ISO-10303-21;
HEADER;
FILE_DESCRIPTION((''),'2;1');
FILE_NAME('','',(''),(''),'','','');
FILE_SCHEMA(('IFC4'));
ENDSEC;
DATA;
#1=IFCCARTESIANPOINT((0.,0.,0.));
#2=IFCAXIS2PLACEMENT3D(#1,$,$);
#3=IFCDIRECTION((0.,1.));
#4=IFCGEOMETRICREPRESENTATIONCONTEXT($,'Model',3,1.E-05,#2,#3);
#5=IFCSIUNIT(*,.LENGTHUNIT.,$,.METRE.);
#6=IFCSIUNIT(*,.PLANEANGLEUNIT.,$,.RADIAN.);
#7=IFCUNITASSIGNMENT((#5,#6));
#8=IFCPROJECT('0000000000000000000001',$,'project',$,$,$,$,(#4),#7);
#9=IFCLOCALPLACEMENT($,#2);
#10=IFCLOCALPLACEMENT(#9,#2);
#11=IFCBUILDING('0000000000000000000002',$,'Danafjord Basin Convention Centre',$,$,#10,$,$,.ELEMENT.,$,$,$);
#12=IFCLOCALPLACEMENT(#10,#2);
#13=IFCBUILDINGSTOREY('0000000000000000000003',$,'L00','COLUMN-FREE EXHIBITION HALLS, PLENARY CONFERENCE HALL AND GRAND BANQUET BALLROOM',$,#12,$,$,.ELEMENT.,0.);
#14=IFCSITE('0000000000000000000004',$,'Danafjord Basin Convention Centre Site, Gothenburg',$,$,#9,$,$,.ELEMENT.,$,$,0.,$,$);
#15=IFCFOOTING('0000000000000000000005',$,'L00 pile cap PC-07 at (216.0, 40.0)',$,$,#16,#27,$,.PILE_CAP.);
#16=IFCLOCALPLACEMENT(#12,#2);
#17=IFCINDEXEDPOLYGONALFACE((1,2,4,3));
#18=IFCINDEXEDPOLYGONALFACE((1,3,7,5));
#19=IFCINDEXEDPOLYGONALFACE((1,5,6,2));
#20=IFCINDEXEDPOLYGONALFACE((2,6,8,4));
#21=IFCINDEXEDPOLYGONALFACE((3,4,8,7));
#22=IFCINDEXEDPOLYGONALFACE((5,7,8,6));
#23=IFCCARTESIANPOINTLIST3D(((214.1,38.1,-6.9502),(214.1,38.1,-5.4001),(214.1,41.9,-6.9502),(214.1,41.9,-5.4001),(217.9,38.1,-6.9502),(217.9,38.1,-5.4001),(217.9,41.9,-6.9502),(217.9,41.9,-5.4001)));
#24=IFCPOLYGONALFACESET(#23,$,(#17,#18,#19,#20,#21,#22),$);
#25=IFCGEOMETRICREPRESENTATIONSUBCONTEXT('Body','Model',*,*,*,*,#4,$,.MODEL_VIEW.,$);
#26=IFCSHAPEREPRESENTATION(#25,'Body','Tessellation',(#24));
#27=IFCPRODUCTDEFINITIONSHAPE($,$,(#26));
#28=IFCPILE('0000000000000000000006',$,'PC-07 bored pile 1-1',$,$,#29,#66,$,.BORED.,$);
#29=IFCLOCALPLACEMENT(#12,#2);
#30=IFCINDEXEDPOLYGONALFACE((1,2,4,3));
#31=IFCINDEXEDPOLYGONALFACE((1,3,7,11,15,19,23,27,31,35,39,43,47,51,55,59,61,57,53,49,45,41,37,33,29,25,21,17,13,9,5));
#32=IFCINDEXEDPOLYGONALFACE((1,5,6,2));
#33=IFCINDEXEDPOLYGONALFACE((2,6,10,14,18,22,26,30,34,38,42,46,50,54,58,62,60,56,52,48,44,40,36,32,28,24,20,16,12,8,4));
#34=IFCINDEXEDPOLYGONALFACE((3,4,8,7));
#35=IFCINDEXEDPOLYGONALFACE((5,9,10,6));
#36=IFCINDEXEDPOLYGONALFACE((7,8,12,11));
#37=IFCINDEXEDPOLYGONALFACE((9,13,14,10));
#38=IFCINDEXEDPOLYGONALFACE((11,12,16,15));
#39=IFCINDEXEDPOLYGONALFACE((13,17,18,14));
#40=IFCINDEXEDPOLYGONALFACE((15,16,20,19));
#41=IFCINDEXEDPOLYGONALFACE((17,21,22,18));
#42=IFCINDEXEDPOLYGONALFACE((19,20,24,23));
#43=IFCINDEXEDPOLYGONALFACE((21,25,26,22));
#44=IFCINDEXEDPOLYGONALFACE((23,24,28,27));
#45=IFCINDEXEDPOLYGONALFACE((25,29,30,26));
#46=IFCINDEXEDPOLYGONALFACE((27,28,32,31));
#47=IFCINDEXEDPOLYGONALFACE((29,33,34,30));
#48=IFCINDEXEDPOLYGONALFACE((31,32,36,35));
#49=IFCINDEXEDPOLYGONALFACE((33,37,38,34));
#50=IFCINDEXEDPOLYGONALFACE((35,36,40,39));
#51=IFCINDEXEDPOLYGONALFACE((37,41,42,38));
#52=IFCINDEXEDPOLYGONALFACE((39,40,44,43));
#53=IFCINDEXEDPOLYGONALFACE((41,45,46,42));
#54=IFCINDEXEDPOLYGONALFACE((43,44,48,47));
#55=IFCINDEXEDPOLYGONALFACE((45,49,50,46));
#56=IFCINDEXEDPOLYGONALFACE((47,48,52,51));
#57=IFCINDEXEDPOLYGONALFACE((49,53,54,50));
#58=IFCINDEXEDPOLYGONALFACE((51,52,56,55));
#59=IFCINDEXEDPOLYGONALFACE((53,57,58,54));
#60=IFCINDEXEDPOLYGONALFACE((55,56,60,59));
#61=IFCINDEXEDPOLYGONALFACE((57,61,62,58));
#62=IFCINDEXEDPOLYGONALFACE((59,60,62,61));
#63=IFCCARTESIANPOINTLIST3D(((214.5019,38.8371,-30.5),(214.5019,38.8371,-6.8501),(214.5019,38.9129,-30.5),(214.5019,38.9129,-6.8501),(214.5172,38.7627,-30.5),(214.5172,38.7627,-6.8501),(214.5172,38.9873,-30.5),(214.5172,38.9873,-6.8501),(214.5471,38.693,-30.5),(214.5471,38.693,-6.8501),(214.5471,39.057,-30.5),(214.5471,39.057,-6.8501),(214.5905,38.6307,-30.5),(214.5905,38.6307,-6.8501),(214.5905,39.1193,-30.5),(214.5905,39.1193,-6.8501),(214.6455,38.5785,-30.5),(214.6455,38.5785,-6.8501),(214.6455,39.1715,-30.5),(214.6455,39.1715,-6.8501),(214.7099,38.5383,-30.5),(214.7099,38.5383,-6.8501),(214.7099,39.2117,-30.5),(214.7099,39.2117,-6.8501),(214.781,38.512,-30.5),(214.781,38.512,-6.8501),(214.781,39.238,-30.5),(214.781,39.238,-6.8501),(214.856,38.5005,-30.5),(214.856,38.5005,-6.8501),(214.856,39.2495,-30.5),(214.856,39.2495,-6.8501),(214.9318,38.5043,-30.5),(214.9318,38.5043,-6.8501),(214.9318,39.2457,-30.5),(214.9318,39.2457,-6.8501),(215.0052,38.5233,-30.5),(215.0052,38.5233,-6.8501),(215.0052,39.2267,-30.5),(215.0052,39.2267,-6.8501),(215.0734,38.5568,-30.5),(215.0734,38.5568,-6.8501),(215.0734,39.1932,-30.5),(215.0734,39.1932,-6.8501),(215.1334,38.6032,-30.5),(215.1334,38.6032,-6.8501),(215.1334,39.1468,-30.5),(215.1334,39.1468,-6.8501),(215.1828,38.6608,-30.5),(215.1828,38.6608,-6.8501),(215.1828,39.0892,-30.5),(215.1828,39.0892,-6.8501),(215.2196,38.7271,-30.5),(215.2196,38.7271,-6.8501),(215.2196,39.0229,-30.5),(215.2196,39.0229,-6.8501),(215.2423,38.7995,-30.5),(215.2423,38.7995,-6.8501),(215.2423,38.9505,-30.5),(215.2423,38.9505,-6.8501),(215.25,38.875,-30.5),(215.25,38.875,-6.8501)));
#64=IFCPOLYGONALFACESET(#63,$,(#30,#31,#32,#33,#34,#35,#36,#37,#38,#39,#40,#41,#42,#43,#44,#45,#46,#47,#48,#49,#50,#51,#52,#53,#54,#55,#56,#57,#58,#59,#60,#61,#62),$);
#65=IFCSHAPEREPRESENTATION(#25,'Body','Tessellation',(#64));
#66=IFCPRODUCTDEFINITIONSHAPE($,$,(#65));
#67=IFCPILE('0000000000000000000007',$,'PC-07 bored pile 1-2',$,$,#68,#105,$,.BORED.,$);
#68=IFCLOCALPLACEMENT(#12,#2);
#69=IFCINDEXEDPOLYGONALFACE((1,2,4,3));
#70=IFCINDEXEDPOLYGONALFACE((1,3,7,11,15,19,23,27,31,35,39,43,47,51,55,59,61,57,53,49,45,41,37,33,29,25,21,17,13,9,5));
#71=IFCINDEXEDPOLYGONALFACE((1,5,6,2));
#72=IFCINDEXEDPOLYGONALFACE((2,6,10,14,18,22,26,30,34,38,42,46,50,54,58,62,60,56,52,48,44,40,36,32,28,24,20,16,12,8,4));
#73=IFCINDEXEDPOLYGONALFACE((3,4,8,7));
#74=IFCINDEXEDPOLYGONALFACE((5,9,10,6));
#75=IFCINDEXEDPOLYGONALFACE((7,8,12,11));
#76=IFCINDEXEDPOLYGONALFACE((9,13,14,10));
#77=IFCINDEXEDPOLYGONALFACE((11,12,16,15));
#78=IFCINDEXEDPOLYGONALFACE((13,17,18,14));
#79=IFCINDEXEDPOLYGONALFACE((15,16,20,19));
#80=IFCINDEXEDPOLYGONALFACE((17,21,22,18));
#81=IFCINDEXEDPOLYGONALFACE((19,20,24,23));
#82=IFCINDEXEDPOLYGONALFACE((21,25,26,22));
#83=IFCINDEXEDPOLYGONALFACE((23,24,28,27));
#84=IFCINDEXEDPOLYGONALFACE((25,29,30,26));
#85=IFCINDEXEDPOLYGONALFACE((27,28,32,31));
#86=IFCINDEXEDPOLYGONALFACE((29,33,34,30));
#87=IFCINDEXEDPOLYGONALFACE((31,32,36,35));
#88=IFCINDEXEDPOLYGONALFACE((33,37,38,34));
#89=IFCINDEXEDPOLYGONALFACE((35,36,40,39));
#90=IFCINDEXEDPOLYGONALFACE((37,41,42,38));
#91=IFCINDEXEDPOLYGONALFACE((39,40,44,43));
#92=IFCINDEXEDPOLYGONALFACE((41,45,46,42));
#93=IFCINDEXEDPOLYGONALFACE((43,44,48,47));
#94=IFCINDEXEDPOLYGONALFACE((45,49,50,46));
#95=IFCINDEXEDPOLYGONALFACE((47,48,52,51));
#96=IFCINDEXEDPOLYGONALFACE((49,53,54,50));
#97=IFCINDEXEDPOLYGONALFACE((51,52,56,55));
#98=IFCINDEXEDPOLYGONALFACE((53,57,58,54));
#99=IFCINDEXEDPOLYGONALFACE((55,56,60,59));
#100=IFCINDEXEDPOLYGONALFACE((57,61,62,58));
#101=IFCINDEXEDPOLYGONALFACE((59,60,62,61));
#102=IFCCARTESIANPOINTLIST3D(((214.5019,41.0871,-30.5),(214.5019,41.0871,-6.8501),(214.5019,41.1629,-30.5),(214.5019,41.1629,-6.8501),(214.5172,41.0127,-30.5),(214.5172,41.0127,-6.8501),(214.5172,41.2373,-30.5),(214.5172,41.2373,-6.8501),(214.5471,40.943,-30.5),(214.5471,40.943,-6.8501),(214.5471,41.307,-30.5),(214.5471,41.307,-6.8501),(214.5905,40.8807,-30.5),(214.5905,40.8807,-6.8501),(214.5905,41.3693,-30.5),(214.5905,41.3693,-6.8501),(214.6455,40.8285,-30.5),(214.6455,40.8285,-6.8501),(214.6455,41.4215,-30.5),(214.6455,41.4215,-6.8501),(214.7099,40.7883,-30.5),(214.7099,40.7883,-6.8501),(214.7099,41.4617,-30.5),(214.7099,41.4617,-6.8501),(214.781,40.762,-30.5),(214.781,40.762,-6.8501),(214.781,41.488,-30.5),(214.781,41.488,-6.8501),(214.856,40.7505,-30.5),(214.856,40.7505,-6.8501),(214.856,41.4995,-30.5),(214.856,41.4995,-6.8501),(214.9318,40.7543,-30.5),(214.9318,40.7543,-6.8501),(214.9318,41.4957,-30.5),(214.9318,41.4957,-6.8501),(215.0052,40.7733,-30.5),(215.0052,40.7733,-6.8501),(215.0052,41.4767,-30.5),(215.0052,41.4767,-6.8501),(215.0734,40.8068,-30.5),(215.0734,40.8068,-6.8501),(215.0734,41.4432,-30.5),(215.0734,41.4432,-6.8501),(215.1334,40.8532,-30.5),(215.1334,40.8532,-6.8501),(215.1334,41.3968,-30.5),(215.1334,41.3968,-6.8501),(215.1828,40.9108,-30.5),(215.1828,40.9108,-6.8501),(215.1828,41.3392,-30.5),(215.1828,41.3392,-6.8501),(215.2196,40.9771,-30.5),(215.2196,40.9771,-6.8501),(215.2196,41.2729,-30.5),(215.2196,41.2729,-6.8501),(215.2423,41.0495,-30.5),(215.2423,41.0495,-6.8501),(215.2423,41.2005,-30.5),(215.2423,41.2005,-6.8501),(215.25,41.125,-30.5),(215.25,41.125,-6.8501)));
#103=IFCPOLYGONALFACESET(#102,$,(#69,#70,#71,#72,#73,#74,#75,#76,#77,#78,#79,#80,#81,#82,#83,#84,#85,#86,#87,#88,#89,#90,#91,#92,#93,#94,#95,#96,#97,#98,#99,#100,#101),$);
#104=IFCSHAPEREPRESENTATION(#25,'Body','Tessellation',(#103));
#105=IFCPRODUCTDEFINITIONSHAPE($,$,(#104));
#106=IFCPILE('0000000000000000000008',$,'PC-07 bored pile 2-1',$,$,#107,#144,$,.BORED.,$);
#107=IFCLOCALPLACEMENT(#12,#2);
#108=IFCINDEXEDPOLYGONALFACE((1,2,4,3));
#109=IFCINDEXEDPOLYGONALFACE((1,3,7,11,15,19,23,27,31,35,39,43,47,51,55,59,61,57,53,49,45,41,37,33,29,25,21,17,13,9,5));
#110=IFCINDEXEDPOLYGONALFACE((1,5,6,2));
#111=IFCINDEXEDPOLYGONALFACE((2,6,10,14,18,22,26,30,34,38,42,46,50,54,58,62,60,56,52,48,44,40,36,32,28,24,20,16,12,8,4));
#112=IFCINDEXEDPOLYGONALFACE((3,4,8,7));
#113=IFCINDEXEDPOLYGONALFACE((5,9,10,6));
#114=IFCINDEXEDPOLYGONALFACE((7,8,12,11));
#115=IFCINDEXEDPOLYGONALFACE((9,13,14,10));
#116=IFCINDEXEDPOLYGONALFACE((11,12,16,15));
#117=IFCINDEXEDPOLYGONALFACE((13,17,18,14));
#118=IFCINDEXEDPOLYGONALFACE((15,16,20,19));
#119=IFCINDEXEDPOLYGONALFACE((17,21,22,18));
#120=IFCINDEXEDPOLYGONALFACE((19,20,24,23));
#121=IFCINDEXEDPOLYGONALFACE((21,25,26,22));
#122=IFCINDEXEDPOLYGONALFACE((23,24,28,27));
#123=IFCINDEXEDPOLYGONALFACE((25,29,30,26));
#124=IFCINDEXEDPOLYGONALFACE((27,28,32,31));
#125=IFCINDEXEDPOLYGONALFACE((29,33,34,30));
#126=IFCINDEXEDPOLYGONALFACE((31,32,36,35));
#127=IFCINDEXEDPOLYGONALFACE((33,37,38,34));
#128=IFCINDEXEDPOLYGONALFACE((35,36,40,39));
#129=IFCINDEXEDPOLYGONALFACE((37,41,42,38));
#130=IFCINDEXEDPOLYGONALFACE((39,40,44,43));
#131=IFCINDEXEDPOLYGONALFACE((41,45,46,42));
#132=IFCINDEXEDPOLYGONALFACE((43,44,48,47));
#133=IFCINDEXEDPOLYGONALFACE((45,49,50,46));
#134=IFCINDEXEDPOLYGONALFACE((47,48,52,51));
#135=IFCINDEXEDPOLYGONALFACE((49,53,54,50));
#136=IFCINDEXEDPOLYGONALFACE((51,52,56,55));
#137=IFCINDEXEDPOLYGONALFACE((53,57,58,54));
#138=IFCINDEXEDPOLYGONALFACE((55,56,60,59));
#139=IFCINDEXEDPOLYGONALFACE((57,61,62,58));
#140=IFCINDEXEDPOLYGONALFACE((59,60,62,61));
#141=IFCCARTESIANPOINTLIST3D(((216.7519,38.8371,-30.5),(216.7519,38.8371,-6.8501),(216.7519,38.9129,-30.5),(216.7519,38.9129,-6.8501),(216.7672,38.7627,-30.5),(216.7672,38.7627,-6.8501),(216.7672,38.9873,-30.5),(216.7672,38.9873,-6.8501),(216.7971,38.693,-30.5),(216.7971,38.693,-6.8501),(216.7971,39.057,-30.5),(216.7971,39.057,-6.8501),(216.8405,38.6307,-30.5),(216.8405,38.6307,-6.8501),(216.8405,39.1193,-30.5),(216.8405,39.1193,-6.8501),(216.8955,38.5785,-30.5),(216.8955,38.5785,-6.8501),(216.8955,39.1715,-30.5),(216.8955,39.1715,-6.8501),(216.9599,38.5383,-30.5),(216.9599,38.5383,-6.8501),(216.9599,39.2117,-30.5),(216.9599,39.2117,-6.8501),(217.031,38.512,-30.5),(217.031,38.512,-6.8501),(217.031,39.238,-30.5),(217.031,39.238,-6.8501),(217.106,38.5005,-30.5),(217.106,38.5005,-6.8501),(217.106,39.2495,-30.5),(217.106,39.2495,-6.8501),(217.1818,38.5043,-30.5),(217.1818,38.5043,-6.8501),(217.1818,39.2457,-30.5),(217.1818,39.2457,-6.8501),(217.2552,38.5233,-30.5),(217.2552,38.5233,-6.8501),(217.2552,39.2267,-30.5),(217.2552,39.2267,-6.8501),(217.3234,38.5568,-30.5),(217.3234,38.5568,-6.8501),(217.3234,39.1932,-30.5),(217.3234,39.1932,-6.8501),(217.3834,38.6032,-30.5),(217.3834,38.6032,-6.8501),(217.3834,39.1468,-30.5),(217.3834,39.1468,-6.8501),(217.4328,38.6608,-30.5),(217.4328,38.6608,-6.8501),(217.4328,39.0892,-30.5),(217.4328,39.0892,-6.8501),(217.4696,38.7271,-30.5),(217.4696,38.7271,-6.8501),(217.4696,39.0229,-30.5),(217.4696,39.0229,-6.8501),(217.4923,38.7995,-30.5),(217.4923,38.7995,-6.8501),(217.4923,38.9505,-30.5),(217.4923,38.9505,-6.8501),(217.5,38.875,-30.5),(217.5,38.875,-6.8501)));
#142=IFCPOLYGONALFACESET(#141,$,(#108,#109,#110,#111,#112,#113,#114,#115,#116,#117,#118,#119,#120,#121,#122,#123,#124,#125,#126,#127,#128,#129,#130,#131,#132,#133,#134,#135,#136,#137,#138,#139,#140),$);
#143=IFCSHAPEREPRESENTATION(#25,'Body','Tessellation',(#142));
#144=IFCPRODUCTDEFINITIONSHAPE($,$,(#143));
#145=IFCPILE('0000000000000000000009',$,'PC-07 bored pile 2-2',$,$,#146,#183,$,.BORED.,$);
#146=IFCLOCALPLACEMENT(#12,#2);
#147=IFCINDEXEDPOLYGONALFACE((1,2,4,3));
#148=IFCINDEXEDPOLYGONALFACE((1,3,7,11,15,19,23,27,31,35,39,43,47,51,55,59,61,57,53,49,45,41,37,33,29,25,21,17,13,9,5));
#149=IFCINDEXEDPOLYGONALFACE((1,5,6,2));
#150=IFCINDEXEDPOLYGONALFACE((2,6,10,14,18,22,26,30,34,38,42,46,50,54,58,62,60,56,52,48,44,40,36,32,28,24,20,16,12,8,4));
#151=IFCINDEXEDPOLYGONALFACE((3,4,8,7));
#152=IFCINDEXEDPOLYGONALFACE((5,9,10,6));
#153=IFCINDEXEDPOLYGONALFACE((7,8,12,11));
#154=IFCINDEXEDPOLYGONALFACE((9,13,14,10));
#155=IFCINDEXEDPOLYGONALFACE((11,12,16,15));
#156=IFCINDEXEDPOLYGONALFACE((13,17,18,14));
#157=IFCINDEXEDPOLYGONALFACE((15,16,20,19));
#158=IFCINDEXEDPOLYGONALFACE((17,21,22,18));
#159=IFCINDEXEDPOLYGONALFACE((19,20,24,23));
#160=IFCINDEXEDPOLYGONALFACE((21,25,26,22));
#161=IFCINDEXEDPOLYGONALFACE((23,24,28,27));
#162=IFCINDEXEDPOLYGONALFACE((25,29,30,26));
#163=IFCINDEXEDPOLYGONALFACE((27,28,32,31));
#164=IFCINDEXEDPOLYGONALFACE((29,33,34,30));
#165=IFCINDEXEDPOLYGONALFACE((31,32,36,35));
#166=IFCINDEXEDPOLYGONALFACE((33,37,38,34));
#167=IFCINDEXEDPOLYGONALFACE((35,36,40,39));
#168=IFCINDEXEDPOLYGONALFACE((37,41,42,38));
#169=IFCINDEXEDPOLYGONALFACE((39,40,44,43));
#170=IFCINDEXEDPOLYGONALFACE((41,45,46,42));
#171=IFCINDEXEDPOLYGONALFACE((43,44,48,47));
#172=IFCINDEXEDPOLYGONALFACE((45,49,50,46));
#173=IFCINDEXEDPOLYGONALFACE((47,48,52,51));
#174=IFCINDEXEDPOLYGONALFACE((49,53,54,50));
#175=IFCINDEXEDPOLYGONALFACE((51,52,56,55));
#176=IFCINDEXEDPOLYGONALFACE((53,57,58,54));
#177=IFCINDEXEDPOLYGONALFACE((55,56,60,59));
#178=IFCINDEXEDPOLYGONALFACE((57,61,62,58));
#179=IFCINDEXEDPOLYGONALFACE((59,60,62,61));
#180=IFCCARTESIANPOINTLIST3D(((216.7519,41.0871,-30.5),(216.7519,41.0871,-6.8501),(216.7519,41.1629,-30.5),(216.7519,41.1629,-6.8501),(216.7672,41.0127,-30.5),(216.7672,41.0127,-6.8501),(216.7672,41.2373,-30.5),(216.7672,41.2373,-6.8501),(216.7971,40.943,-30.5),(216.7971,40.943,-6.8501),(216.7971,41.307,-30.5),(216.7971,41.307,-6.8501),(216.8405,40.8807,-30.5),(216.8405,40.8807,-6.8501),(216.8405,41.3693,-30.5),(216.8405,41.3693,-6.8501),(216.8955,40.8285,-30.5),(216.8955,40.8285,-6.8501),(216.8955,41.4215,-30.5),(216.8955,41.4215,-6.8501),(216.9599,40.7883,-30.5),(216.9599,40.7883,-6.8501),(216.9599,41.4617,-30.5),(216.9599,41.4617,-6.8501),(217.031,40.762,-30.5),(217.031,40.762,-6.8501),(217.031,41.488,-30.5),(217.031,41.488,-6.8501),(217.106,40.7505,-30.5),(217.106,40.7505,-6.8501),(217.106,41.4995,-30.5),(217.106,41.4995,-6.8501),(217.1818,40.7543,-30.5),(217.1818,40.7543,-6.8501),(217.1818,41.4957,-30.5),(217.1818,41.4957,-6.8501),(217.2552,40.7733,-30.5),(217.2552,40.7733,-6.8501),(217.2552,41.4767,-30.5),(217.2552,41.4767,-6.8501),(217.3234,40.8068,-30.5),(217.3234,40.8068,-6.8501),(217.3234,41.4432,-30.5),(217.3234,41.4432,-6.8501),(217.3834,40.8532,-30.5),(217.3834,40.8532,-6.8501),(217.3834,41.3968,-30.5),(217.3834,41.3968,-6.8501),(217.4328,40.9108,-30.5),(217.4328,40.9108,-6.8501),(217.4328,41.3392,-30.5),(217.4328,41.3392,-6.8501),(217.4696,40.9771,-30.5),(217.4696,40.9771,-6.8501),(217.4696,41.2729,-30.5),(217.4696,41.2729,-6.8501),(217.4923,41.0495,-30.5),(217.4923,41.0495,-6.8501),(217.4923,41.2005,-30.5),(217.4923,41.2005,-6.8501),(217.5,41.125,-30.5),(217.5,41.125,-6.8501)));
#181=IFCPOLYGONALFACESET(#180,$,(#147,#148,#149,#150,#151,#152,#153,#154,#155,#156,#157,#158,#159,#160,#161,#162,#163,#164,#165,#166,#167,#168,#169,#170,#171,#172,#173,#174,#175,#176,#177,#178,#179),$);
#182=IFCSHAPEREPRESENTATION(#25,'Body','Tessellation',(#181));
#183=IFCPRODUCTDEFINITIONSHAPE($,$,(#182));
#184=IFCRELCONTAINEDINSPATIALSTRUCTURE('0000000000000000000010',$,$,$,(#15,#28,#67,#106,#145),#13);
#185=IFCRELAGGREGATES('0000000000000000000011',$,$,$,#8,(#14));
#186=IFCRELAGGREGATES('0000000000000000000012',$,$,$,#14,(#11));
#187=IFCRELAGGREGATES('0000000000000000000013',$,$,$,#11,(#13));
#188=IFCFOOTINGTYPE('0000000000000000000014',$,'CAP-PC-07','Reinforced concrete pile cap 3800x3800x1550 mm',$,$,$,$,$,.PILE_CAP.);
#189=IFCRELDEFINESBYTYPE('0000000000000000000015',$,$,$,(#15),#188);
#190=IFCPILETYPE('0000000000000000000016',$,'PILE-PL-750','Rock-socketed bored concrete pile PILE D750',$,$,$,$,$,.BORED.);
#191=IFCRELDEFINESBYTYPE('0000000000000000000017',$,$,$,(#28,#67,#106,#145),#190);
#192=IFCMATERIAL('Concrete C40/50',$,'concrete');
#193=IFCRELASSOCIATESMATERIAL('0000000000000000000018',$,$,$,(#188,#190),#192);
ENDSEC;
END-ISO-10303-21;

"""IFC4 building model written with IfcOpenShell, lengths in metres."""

from ifc_helpers import new_model, si_unit, direction, frame, origin, origin_2d, place, context, subcontext, project, spatial, rectangle, circle, extrude, material, material_profile, profile_set, type_object, element, save


model = new_model("IFC4")

# Units and contexts
model_context = context("Model", 3, precision=1e-05, world=origin(), true_north=direction((0.0, 1.0)))
body_context = subcontext(model_context, "Body", "Model", "MODEL_VIEW")
ifc_project = project(units=[si_unit("LENGTHUNIT", "METRE"), si_unit("PLANEANGLEUNIT", "RADIAN")], contexts=[model_context])

# Site, building, storey
site_placement = place(None, origin())
site = spatial("IfcSite", under=ifc_project, at=site_placement, Name="Danafjord Basin Convention Centre Site, Gothenburg", CompositionType="ELEMENT", RefElevation=0.0)
building_placement = place(site_placement, origin())
building = spatial("IfcBuilding", under=site, at=building_placement, Name="Danafjord Basin Convention Centre", CompositionType="ELEMENT")
storey_placement = place(building_placement, origin())
storey = spatial("IfcBuildingStorey", under=building, at=storey_placement, Name="L00", Description="COLUMN-FREE EXHIBITION HALLS, PLENARY CONFERENCE HALL AND GRAND BANQUET BALLROOM", CompositionType="ELEMENT", Elevation=0.0)

# Footing
ifc_material_1 = material(Name="Concrete C40/50", Category="concrete")
footing_type = type_object("IfcFootingType", Name="CAP-PC-07", Description="Reinforced concrete pile cap 3800x3800x1550 mm", PredefinedType="PILE_CAP", material=ifc_material_1)
footing_placement = place(storey_placement, frame((216.0, 40.0, -6.9502), z_axis=(0.0, 0.0, 1.0), x_axis=(1.0, 0.0, 0.0)))
element("IfcFooting", 1, at=footing_placement, inside=storey, type_object=footing_type, Name="L00 pile cap PC-07 at (216.0, 40.0)", PredefinedType="PILE_CAP", context=body_context, shape_type="SweptSolid", body=[
    extrude(rectangle(XDim=3.8, YDim=3.8, at=origin_2d()), origin(), (0.0, 0.0, 1.0), 1.55),
])

# Piles
ifc_material_profile_1 = material_profile(ifc_material_1, circle(Radius=0.375, at=origin_2d()), Name="PILE D750")
ifc_profile_set_1 = profile_set([ifc_material_profile_1], Name="Concrete C40/50")
pile_type = type_object("IfcPileType", Name="PILE-PL-750", Description="Rock-socketed bored concrete pile PILE D750", PredefinedType="BORED", material=ifc_profile_set_1)
for number, where, z_axis, x_axis, name in (
    (2, (214.875, 38.875, -6.8501), (0.0, 0.0, -1.0), (1.0, 0.0, 0.0), "PC-07 bored pile 1-1"),
    (3, (214.875, 41.125, -6.8501), (0.0, 0.0, -1.0), (1.0, 0.0, 0.0), "PC-07 bored pile 1-2"),
    (4, (217.125, 38.875, -6.8501), (0.0, 0.0, -1.0), (1.0, 0.0, 0.0), "PC-07 bored pile 2-1"),
    (5, (217.125, 41.125, -6.8501), (0.0, 0.0, -1.0), (1.0, 0.0, 0.0), "PC-07 bored pile 2-2"),
):
    element("IfcPile", number, at=place(storey_placement, frame(where, z_axis=z_axis, x_axis=x_axis)), inside=storey, type_object=pile_type, Name=name, PredefinedType="BORED", context=body_context, shape_type="SweptSolid", body=[
        extrude(circle(Radius=0.375, at=origin_2d()), origin(), (0.0, 0.0, 1.0), 23.6499),
    ])

save(model, "model.ifc")
